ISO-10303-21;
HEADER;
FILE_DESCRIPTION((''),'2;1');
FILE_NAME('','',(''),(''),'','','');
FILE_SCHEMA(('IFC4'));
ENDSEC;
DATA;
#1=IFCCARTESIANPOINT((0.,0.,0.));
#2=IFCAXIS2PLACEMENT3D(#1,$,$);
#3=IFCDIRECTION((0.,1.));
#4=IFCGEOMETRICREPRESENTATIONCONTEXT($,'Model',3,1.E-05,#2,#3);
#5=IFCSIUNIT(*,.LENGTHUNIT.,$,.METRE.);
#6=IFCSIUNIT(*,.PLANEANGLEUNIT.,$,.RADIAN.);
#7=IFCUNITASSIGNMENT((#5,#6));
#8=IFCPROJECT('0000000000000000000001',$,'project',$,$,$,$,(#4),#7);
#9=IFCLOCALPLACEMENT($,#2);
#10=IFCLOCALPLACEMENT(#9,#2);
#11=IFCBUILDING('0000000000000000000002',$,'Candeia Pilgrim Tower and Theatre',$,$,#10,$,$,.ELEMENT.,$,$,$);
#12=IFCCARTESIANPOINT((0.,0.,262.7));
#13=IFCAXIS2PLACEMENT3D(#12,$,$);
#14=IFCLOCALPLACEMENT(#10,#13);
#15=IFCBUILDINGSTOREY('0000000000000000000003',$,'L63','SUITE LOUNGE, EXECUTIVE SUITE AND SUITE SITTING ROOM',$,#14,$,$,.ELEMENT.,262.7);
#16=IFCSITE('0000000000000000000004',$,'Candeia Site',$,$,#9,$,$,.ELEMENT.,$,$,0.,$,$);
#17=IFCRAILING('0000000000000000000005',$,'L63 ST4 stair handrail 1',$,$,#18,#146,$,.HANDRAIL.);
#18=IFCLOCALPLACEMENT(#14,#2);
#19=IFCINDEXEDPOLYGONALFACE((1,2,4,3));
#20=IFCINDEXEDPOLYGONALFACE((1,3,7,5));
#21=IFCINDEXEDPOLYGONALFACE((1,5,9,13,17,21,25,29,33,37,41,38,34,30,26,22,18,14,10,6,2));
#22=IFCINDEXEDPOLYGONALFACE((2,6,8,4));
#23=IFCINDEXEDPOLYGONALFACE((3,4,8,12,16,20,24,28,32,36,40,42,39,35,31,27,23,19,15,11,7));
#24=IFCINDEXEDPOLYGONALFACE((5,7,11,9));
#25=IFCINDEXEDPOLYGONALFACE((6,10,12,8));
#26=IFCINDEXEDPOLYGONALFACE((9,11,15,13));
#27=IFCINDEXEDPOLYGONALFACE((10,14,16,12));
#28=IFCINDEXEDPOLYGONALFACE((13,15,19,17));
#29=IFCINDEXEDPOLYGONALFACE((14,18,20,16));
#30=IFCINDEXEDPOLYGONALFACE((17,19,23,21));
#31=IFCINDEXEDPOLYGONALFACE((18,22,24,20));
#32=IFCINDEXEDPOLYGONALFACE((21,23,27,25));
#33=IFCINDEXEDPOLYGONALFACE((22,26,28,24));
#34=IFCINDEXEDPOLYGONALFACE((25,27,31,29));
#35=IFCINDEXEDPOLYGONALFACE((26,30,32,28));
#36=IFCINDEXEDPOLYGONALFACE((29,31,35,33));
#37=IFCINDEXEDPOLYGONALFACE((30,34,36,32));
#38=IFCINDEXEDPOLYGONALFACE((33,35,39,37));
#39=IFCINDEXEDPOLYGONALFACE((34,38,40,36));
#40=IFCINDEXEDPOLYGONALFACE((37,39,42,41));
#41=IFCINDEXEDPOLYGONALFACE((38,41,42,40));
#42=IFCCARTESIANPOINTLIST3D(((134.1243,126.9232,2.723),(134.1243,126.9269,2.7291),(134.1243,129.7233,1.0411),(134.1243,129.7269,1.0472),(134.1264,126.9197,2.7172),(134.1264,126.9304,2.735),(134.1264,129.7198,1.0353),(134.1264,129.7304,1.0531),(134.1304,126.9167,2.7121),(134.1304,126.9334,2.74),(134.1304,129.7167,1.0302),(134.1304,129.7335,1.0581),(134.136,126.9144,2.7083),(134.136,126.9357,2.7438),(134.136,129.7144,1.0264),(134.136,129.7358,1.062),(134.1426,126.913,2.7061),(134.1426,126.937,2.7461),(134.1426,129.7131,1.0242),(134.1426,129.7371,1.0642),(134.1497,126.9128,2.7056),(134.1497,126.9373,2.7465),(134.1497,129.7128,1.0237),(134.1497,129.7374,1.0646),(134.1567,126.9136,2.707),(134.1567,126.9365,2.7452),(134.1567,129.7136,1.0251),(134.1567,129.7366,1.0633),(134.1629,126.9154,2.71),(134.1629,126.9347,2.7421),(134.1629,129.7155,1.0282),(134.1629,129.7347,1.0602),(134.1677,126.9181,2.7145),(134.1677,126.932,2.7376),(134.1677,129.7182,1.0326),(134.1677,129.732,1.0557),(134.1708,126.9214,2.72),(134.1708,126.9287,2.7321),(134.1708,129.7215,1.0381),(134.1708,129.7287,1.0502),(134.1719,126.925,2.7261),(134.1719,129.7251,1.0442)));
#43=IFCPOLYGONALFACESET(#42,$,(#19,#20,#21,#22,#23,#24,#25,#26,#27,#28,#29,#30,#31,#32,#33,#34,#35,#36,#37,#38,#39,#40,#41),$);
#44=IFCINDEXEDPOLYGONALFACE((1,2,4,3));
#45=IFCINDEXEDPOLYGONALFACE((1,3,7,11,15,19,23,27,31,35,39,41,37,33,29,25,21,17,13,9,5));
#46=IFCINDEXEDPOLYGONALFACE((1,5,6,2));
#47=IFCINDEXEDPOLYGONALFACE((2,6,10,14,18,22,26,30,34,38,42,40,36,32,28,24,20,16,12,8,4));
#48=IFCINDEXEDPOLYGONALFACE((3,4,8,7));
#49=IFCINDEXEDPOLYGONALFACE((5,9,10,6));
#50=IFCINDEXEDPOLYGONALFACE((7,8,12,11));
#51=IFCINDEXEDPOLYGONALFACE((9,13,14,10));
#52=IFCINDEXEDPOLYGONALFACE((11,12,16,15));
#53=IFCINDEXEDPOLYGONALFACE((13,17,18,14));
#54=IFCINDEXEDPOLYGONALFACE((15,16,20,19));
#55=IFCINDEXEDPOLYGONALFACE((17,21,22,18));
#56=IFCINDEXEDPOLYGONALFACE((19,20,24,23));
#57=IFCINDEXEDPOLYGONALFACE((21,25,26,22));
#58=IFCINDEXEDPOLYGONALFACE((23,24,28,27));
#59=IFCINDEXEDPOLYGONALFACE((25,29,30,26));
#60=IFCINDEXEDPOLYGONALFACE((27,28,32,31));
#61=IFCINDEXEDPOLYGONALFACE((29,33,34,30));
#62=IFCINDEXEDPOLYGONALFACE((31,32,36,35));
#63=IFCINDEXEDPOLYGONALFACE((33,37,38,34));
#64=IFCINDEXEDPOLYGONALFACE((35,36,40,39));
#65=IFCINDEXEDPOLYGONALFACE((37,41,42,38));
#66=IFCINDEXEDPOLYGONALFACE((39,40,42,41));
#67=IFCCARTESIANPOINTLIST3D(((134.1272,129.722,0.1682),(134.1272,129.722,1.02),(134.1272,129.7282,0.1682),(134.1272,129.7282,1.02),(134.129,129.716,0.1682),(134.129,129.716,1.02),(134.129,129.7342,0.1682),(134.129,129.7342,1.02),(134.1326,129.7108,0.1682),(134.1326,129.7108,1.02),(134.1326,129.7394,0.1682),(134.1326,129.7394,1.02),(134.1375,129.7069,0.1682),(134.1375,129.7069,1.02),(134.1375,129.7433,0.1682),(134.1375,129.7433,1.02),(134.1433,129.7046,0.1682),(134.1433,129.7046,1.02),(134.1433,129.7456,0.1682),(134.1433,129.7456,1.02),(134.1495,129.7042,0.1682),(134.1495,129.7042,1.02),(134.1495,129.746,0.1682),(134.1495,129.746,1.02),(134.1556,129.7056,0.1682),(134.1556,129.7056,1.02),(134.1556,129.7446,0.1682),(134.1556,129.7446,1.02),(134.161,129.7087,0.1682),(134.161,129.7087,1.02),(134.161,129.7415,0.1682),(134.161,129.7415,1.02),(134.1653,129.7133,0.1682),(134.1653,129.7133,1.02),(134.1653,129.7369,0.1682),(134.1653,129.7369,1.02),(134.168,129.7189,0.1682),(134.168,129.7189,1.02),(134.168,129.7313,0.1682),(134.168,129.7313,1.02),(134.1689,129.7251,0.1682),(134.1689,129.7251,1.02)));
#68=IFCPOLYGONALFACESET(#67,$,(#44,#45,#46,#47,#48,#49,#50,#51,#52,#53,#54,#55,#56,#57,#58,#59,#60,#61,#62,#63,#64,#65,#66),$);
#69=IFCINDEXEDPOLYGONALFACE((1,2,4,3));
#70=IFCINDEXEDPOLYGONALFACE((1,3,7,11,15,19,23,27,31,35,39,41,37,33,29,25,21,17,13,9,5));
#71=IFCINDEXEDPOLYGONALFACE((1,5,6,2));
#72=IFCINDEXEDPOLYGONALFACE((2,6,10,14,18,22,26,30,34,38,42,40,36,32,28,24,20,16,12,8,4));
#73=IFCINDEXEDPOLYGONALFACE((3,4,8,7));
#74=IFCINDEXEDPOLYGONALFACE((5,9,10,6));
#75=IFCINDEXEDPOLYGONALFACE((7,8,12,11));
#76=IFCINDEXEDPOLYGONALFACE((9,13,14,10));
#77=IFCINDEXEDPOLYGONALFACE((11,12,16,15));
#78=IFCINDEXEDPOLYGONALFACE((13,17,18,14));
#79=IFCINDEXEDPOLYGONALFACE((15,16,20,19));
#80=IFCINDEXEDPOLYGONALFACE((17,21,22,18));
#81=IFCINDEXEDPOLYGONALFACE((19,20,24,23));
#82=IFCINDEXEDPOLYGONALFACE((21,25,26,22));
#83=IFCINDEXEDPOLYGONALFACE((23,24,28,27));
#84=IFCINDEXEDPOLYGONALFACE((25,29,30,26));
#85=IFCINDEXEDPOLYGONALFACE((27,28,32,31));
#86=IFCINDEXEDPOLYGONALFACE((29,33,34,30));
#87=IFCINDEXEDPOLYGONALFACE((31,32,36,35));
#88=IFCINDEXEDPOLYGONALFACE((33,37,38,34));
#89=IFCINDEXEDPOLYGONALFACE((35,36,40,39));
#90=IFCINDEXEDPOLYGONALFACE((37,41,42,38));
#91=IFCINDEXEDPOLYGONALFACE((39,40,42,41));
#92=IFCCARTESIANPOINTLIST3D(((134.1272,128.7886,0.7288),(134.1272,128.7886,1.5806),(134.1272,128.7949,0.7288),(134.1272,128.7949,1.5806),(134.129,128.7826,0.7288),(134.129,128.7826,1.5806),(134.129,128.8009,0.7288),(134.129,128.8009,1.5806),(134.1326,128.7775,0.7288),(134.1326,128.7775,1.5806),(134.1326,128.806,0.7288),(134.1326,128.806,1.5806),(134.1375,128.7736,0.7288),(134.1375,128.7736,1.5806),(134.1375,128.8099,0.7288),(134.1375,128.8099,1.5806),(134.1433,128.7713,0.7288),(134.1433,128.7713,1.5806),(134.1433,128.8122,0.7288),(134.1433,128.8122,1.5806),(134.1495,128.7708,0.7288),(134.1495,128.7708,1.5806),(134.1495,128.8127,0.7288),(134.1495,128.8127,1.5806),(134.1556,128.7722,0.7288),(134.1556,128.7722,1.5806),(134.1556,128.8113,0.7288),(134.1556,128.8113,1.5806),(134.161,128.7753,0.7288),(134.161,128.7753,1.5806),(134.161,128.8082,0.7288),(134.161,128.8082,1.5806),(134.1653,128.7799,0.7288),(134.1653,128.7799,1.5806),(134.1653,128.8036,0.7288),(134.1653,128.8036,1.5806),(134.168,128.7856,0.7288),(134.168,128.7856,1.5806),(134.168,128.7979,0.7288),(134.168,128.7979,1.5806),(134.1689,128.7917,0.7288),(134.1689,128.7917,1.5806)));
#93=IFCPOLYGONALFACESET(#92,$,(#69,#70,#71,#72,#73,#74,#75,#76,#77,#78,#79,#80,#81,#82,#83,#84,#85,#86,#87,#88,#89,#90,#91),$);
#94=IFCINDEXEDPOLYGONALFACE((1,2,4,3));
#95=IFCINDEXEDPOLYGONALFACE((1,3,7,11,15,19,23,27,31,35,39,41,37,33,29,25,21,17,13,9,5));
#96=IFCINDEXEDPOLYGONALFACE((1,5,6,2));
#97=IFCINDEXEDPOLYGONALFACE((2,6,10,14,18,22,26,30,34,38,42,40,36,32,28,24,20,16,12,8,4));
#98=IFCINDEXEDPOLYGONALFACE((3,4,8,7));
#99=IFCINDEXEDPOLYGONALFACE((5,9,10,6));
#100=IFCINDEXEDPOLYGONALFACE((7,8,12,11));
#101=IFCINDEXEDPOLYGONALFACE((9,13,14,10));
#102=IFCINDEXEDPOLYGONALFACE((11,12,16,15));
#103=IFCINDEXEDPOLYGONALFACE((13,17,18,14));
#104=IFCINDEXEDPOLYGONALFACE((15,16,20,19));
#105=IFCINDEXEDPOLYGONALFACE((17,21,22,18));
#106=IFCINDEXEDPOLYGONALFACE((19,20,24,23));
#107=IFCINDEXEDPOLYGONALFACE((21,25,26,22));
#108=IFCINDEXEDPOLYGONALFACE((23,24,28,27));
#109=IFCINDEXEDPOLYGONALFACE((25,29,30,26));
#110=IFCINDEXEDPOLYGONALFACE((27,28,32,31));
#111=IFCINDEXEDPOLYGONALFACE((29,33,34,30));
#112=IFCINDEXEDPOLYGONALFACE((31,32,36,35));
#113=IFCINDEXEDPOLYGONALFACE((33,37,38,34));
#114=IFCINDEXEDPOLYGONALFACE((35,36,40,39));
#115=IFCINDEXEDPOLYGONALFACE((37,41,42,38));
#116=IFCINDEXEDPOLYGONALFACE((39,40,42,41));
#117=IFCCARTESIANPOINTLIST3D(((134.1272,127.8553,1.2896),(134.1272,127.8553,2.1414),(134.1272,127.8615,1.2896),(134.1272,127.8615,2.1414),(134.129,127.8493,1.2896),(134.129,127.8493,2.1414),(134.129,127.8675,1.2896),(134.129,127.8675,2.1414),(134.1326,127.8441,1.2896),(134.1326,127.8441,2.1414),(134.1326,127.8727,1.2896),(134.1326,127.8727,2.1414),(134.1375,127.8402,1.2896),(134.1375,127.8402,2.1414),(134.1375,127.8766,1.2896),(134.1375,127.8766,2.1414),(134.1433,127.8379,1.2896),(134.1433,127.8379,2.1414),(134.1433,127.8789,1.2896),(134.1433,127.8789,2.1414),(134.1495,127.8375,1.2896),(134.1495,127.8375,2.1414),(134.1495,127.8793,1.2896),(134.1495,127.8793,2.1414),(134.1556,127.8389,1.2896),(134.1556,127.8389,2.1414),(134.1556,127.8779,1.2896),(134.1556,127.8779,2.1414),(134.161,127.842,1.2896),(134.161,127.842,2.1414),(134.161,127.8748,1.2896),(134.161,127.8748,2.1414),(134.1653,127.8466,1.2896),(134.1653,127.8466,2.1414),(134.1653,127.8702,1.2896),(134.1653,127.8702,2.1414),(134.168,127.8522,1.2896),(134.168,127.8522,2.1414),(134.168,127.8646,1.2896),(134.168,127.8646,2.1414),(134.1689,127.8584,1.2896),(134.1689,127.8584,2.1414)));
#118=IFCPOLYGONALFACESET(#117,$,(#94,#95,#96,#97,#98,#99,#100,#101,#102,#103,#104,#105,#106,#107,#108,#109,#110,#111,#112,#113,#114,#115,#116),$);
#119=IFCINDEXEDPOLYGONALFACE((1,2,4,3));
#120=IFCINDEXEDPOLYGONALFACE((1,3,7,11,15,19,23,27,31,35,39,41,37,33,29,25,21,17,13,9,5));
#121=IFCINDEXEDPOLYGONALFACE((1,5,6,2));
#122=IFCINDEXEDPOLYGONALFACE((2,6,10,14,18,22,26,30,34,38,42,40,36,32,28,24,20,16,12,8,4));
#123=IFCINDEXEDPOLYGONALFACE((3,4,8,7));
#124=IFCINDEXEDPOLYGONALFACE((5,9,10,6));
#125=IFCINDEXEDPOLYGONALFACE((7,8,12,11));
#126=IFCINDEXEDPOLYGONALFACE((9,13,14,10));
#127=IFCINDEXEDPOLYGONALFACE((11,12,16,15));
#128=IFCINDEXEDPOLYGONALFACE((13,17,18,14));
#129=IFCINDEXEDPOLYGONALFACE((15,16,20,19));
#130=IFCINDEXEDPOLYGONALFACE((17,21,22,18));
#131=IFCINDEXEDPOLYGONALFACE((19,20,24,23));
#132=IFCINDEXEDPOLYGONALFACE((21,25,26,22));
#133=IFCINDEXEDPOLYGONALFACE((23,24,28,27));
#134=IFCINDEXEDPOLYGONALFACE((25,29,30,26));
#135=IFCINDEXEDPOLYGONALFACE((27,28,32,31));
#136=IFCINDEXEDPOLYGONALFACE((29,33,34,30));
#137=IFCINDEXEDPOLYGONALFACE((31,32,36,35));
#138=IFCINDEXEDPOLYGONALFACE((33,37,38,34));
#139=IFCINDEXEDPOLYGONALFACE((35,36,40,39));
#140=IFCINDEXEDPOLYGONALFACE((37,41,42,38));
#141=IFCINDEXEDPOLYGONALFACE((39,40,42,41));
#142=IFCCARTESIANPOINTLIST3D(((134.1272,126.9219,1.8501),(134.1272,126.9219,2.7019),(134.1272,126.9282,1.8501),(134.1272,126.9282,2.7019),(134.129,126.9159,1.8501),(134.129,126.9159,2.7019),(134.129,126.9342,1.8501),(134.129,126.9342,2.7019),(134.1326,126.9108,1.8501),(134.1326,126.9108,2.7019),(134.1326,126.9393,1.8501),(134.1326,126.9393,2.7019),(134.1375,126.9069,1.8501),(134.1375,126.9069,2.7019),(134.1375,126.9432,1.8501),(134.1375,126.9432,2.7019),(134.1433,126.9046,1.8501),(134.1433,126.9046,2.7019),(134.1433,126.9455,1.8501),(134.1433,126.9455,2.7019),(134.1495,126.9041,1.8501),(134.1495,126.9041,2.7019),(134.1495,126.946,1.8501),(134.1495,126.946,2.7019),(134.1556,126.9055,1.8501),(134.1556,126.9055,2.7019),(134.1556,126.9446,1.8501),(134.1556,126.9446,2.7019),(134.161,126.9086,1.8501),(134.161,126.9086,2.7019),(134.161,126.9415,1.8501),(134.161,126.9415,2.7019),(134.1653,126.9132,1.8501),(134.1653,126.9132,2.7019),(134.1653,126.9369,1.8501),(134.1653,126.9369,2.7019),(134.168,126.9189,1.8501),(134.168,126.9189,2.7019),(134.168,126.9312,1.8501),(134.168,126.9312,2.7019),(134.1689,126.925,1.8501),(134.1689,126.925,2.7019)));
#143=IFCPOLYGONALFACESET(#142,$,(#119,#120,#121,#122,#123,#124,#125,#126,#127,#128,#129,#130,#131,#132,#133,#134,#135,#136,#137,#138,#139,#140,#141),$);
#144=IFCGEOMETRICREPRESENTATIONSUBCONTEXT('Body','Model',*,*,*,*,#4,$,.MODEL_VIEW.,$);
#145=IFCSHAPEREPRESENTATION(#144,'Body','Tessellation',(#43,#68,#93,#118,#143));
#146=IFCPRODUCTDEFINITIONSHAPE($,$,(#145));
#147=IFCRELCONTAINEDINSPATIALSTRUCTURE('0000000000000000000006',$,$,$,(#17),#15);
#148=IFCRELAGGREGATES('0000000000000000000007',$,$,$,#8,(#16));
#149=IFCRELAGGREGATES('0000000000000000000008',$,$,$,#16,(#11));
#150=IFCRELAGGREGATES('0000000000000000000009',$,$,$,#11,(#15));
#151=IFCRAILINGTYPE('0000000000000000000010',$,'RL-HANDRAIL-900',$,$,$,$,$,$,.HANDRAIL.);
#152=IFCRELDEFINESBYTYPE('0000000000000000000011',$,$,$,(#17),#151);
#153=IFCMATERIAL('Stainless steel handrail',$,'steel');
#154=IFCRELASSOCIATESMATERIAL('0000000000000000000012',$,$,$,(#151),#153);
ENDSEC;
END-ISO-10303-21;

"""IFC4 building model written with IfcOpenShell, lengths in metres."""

from ifc_helpers import new_model, si_unit, direction, frame, origin, origin_2d, place, context, subcontext, project, spatial, circle, extrude, material, type_object, element, save


model = new_model("IFC4")

# Units and contexts
model_context = context("Model", 3, precision=1e-05, world=origin(), true_north=direction((0.0, 1.0)))
body_context = subcontext(model_context, "Body", "Model", "MODEL_VIEW")
ifc_project = project(units=[si_unit("LENGTHUNIT", "METRE"), si_unit("PLANEANGLEUNIT", "RADIAN")], contexts=[model_context])

# Site, building, storey
site_placement = place(None, origin())
site = spatial("IfcSite", under=ifc_project, at=site_placement, Name="Candeia Site", CompositionType="ELEMENT", RefElevation=0.0)
building_placement = place(site_placement, origin())
building = spatial("IfcBuilding", under=site, at=building_placement, Name="Candeia Pilgrim Tower and Theatre", CompositionType="ELEMENT")
storey_placement = place(building_placement, frame((0.0, 0.0, 262.7)))
storey = spatial("IfcBuildingStorey", under=building, at=storey_placement, Name="L63", Description="SUITE LOUNGE, EXECUTIVE SUITE AND SUITE SITTING ROOM", CompositionType="ELEMENT", Elevation=262.7)

# Railing
ifc_material_1 = material(Name="Stainless steel handrail", Category="steel")
railing_type_1 = type_object("IfcRailingType", Name="RL-HANDRAIL-900", PredefinedType="HANDRAIL", material=ifc_material_1)
railing_1_placement = place(storey_placement, frame((134.1479, 129.7251, 0.1682)))
element("IfcRailing", 1, at=railing_1_placement, inside=storey, type_object=railing_type_1, Name="L63 ST4 stair handrail 1", PredefinedType="HANDRAIL", context=body_context, shape_type="SweptSolid", body=[
    extrude(circle(Radius=0.0239, at=origin_2d()), frame((0.0, 0.0, 0.876), z_axis=(0.0, -0.857242, 0.514913), x_axis=(1.0, 0.0, 0.0)), (0.0, 0.0, 1.0), 3.2664),
    extrude(circle(Radius=0.021, at=origin_2d()), origin(), (0.0, 0.0, 1.0), 0.8518),
    extrude(circle(Radius=0.021, at=origin_2d()), frame((0.0, -0.9333, 0.5605)), (0.0, 0.0, 1.0), 0.8518),
    extrude(circle(Radius=0.021, at=origin_2d()), frame((0.0, -1.8667, 1.1213)), (0.0, 0.0, 1.0), 0.8518),
    extrude(circle(Radius=0.021, at=origin_2d()), frame((0.0, -2.8, 1.6819)), (0.0, 0.0, 1.0), 0.8518),
])

save(model, "model.ifc")
